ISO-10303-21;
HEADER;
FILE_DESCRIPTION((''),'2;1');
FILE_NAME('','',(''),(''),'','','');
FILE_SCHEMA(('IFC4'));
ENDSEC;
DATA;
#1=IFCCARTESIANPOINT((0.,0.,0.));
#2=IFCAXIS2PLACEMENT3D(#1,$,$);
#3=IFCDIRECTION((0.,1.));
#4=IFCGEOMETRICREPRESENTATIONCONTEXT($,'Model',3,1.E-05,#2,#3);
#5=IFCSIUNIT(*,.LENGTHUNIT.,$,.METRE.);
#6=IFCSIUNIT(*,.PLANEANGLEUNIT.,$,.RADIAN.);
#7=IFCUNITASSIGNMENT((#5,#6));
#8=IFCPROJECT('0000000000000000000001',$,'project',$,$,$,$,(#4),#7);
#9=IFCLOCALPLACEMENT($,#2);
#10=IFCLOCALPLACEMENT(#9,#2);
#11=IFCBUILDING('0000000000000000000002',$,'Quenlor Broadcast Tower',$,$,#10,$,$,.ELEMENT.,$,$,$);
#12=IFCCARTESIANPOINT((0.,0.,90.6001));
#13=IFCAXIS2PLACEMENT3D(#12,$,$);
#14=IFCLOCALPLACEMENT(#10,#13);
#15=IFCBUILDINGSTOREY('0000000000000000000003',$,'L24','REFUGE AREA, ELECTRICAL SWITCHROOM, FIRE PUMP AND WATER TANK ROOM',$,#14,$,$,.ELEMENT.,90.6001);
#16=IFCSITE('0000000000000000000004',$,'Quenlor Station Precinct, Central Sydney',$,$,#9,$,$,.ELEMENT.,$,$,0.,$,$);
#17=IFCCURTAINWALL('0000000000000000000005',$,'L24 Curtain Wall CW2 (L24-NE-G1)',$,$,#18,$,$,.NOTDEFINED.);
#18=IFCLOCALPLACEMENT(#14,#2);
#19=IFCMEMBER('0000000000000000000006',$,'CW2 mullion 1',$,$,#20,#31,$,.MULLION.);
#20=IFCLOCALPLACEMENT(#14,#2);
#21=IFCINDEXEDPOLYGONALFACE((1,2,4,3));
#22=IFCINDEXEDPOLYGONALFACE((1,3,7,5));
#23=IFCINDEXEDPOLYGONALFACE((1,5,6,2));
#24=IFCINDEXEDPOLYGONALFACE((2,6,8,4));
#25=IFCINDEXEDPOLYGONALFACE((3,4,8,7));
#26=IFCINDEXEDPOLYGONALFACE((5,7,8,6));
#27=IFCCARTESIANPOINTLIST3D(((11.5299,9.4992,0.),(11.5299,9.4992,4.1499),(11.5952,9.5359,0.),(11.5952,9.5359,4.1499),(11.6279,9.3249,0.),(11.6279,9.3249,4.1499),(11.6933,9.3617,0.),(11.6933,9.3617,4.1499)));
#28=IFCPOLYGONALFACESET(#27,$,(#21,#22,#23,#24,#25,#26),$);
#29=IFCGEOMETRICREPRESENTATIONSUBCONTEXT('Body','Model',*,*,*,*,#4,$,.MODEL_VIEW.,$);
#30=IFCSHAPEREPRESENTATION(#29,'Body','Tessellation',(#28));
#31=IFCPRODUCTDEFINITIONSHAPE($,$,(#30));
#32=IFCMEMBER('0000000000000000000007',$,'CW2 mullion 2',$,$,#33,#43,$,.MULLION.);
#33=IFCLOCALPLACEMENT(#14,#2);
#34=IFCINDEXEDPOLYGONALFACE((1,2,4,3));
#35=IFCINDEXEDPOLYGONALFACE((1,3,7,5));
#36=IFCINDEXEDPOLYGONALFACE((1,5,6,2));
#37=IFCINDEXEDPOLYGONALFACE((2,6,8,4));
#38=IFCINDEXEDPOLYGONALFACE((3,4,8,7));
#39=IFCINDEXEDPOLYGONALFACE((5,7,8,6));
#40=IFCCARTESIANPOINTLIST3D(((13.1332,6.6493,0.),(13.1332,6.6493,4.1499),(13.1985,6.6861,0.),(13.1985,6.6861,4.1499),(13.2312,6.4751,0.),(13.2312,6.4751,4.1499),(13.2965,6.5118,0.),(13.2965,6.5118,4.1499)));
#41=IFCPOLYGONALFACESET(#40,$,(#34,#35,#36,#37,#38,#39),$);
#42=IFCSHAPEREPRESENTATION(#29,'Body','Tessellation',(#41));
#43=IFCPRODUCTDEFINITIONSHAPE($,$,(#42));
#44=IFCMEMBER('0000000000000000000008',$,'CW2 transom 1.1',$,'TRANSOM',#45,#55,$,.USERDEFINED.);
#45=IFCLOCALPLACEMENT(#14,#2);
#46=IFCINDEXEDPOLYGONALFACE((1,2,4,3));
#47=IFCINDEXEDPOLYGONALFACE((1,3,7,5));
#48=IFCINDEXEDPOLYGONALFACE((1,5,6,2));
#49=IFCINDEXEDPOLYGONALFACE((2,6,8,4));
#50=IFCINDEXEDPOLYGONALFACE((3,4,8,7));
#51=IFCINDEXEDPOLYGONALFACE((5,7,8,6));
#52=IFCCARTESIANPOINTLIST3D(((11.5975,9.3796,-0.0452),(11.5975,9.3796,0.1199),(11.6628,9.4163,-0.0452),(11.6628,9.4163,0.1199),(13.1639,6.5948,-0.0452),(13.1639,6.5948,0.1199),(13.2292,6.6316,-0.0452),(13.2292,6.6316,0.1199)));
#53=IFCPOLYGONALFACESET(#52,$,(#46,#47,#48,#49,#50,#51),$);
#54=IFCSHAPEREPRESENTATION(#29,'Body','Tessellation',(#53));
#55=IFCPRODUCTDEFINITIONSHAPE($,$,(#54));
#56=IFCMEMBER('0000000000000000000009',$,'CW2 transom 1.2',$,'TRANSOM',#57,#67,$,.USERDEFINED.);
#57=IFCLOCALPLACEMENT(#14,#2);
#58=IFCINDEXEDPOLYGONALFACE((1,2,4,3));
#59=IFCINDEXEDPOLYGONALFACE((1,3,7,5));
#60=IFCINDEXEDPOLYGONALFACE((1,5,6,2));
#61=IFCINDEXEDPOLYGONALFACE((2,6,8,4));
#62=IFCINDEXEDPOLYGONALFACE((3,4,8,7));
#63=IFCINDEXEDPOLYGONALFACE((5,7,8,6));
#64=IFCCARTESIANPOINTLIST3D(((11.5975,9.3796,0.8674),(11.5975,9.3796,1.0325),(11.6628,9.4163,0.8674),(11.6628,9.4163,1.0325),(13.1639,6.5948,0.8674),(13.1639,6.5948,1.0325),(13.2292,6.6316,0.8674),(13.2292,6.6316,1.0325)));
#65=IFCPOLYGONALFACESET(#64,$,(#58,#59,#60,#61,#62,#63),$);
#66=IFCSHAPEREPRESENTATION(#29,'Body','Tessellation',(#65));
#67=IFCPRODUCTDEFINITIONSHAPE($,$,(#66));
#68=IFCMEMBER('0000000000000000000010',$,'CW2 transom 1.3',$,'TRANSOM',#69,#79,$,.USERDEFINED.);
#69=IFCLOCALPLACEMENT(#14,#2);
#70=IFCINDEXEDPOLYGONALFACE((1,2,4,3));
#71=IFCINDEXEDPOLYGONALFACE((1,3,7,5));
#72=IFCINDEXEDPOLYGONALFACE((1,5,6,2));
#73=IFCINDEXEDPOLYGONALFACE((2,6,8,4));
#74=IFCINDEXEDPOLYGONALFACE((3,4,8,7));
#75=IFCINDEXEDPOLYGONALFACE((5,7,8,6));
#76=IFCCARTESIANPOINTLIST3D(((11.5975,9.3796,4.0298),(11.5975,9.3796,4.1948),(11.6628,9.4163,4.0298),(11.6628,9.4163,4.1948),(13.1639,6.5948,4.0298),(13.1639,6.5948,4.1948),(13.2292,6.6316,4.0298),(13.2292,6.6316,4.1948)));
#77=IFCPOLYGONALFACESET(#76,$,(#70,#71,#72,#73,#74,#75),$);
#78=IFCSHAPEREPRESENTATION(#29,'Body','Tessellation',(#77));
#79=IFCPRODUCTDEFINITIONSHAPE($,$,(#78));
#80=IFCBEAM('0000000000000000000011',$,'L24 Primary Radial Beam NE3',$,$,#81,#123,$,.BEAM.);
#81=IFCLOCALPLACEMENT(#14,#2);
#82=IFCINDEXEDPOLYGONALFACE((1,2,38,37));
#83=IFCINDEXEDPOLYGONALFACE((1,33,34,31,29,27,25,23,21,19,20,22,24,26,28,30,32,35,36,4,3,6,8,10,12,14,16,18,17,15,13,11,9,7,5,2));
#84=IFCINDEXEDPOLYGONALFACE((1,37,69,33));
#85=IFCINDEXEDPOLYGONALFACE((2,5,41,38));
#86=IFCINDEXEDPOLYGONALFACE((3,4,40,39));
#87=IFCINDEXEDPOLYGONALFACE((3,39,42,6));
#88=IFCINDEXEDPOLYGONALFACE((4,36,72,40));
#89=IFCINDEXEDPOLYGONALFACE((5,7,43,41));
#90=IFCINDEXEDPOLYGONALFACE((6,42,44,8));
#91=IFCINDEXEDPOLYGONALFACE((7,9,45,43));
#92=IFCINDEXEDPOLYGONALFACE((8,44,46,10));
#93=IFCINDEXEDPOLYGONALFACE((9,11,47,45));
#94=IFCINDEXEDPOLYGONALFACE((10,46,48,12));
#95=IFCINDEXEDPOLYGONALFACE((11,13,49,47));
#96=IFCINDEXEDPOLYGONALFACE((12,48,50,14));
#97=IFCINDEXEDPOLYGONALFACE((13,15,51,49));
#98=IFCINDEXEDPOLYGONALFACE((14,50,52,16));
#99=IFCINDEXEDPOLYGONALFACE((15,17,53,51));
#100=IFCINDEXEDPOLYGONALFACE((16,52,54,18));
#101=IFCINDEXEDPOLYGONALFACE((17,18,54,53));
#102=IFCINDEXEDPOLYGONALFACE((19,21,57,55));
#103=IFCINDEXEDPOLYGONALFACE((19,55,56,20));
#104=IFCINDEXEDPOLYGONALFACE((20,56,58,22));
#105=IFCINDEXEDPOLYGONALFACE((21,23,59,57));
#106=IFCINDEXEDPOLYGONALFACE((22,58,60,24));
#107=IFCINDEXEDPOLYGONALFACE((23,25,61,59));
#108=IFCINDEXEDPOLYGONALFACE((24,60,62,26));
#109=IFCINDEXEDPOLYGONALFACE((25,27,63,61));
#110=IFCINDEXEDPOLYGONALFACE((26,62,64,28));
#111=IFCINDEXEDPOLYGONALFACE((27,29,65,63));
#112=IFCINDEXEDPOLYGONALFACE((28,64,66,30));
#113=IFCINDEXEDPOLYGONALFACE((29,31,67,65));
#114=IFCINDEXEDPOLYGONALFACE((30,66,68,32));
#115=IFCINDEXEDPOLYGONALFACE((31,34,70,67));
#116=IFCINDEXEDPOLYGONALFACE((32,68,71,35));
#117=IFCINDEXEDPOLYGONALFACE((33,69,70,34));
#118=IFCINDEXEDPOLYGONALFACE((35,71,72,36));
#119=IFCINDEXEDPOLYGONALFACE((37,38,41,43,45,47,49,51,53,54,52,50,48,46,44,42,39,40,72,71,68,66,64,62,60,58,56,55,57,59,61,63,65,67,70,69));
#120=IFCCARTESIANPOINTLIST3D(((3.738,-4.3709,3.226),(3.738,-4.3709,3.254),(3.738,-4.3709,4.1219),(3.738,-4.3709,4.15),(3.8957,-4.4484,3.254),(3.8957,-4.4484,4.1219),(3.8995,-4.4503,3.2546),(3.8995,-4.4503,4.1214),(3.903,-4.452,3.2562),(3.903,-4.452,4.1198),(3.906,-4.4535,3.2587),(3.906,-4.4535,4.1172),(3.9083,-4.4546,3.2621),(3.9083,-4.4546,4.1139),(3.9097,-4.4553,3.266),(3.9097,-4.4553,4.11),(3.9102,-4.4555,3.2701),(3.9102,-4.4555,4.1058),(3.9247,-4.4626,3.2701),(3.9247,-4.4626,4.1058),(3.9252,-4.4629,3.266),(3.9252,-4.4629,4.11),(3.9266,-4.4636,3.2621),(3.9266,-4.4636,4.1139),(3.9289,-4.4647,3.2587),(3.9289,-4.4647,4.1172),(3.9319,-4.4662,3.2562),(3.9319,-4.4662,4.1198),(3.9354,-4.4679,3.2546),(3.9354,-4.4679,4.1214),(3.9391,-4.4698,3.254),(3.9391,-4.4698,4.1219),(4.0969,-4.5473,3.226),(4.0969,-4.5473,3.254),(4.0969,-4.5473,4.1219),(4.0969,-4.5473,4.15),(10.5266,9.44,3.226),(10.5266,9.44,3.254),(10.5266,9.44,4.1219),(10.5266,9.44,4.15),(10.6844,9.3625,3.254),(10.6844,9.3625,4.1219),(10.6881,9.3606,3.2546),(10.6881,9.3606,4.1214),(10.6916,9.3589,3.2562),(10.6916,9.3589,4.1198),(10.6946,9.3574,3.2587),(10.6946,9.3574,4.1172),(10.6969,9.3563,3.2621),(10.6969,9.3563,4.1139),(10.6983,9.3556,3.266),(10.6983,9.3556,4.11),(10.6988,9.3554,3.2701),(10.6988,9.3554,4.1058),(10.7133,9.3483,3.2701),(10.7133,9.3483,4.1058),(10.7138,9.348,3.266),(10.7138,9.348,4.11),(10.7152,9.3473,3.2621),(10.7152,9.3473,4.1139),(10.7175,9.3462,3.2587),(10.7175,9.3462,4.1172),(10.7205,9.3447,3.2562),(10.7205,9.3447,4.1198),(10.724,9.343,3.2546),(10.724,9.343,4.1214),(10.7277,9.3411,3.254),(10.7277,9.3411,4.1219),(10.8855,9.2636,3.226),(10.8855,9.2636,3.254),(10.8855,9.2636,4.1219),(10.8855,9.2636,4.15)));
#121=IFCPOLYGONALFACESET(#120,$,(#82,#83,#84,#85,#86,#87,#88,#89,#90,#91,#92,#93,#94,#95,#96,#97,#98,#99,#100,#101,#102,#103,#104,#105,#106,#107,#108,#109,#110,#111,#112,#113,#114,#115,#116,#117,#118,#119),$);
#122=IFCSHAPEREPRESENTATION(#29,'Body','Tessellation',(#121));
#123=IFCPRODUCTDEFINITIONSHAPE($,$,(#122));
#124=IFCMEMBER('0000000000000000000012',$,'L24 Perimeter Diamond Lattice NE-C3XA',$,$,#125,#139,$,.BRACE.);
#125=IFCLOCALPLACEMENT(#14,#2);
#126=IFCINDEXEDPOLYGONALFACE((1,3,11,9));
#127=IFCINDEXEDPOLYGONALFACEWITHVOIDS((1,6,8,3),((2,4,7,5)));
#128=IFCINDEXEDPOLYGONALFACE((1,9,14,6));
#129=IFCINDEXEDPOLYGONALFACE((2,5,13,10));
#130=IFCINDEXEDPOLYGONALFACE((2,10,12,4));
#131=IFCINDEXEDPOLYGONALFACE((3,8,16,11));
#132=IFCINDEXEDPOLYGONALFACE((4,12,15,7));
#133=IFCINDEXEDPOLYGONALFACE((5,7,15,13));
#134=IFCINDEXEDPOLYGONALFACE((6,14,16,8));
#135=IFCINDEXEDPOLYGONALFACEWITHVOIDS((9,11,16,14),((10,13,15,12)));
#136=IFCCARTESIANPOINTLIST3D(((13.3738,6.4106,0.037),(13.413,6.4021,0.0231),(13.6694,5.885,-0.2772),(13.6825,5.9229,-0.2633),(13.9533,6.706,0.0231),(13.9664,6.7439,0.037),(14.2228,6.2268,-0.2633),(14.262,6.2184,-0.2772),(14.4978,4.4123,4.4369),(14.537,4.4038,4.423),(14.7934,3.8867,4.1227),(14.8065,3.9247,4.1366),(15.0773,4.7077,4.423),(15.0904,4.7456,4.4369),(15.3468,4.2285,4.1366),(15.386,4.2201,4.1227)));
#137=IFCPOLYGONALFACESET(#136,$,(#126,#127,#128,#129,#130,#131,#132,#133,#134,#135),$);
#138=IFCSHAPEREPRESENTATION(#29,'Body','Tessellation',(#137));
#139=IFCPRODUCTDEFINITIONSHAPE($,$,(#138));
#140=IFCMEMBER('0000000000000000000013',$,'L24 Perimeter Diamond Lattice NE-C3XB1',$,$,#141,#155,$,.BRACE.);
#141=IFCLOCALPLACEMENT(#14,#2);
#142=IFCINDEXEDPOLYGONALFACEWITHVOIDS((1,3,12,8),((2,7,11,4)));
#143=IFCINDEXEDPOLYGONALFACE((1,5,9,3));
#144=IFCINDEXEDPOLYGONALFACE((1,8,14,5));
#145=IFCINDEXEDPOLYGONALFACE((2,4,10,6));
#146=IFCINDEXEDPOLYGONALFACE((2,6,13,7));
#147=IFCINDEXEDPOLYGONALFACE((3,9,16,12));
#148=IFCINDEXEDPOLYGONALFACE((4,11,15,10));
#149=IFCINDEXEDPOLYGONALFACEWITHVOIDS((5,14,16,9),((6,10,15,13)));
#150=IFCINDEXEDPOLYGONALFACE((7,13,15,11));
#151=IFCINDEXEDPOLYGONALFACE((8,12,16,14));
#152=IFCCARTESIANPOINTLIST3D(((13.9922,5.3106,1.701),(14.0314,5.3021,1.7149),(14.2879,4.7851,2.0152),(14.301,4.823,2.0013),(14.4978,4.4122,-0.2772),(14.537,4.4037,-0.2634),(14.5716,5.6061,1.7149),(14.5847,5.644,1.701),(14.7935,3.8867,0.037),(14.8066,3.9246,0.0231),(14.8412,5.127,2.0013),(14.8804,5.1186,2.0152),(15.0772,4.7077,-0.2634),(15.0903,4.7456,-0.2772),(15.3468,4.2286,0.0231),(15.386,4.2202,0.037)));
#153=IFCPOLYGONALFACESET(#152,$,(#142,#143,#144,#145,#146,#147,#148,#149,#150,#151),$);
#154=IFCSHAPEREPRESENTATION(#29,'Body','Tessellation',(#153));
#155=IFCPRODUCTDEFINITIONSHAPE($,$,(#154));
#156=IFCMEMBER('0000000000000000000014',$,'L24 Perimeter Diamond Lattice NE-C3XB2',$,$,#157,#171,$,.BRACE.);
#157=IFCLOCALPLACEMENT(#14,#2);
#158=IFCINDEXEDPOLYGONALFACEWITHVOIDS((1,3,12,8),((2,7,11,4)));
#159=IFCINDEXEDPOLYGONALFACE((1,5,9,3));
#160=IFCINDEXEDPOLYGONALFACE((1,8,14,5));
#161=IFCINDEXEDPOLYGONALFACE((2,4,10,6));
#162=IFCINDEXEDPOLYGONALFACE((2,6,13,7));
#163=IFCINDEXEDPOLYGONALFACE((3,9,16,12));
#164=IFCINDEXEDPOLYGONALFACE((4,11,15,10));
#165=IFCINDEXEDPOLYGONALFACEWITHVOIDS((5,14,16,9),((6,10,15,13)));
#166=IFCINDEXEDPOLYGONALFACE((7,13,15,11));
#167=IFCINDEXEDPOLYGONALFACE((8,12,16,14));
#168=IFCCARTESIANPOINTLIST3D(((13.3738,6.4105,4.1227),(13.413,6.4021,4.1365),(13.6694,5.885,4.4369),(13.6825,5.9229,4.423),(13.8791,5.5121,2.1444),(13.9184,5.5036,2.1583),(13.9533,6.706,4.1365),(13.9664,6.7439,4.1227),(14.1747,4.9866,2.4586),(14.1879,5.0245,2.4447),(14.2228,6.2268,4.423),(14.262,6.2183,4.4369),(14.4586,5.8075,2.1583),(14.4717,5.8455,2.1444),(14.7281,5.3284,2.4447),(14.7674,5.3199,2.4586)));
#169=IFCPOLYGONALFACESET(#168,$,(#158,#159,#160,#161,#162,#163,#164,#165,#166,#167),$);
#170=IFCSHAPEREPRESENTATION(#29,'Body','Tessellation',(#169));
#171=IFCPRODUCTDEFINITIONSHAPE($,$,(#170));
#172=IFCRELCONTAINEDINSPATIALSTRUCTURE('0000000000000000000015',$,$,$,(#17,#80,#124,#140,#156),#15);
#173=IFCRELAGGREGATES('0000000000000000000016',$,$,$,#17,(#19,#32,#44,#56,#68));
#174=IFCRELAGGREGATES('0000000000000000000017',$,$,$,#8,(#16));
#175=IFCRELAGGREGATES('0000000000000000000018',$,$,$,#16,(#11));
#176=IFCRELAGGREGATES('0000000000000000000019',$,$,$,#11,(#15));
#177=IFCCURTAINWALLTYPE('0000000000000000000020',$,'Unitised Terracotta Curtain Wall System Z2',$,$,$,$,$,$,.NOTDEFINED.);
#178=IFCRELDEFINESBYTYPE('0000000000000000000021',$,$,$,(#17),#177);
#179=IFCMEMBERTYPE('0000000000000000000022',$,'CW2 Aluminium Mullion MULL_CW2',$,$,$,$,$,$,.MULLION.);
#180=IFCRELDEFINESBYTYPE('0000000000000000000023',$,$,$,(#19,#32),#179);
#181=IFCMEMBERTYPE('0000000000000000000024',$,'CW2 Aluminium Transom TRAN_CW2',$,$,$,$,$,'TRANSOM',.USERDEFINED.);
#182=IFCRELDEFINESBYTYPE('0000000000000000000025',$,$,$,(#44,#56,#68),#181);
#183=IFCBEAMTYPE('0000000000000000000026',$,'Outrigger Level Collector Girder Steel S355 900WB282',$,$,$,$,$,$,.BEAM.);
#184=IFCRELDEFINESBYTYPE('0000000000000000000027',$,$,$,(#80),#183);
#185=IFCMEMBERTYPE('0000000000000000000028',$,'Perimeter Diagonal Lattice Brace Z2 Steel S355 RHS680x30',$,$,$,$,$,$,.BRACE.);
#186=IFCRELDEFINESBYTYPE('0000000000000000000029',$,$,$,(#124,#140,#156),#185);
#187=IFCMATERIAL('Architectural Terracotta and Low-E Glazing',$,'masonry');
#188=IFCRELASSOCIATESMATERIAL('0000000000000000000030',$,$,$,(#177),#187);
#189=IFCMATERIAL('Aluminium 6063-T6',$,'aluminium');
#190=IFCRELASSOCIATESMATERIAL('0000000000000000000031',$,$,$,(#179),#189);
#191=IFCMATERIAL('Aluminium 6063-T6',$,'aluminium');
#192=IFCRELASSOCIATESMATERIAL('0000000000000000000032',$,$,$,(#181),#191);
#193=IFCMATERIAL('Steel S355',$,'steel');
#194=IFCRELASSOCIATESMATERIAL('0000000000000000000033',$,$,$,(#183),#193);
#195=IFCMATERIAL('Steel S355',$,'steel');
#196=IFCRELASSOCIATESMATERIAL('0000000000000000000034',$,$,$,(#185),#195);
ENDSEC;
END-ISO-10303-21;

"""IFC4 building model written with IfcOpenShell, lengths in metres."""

from ifc_helpers import new_model, si_unit, direction, frame, origin, origin_2d, place, context, subcontext, project, spatial, rectangle, hollow_rectangle, i_section, extrude, material, material_profile, profile_set, type_object, element, aggregate, save


model = new_model("IFC4")

# Units and contexts
model_context = context("Model", 3, precision=1e-05, world=origin(), true_north=direction((0.0, 1.0)))
body_context = subcontext(model_context, "Body", "Model", "MODEL_VIEW")
ifc_project = project(units=[si_unit("LENGTHUNIT", "METRE"), si_unit("PLANEANGLEUNIT", "RADIAN")], contexts=[model_context])

# Site, building, storey
site_placement = place(None, origin())
site = spatial("IfcSite", under=ifc_project, at=site_placement, Name="Quenlor Station Precinct, Central Sydney", CompositionType="ELEMENT", RefElevation=0.0)
building_placement = place(site_placement, origin())
building = spatial("IfcBuilding", under=site, at=building_placement, Name="Quenlor Broadcast Tower", CompositionType="ELEMENT")
storey_placement = place(building_placement, frame((0.0, 0.0, 90.6001)))
storey = spatial("IfcBuildingStorey", under=building, at=storey_placement, Name="L24", Description="REFUGE AREA, ELECTRICAL SWITCHROOM, FIRE PUMP AND WATER TANK ROOM", CompositionType="ELEMENT", Elevation=90.6001)

# Curtain wall, members
ifc_material_1 = material(Name="Architectural Terracotta and Low-E Glazing", Category="masonry")
curtain_wall_type = type_object("IfcCurtainWallType", Name="Unitised Terracotta Curtain Wall System Z2", PredefinedType="NOTDEFINED", material=ifc_material_1)
curtain_wall_placement = place(storey_placement, origin())
curtain_wall = element("IfcCurtainWall", 1, at=curtain_wall_placement, inside=storey, type_object=curtain_wall_type, Name="L24 Curtain Wall CW2 (L24-NE-G1)", PredefinedType="NOTDEFINED")
ifc_material_2 = material(Name="Aluminium 6063-T6", Category="aluminium")
ifc_material_profile_1 = material_profile(ifc_material_2, rectangle(XDim=0.075, YDim=0.2, at=origin_2d()))
ifc_profile_set_1 = profile_set([ifc_material_profile_1], Name="Aluminium 6063-T6 MULL75x200")
member_type_1 = type_object("IfcMemberType", Name="CW2 Aluminium Mullion MULL_CW2", PredefinedType="MULLION", material=ifc_profile_set_1)
member_1_placement = place(storey_placement, frame((11.6116, 9.4304, 0.0), z_axis=(0.0, 0.0, 1.0), x_axis=(0.871564, 0.490281, 0.0)))
member_1 = element("IfcMember", 2, at=member_1_placement, type_object=member_type_1, Name="CW2 mullion 1", PredefinedType="MULLION", context=body_context, shape_type="SweptSolid", body=[
    extrude(rectangle(XDim=0.075, YDim=0.2, at=origin_2d()), origin(), (0.0, 0.0, 1.0), 4.1499),
])
member_2_placement = place(storey_placement, frame((13.2148, 6.5806, 0.0), z_axis=(0.0, 0.0, 1.0), x_axis=(0.871564, 0.490281, 0.0)))
member_2 = element("IfcMember", 3, at=member_2_placement, type_object=member_type_1, Name="CW2 mullion 2", PredefinedType="MULLION", context=body_context, shape_type="SweptSolid", body=[
    extrude(rectangle(XDim=0.075, YDim=0.2, at=origin_2d()), origin(), (0.0, 0.0, 1.0), 4.1499),
])
ifc_material_3 = material(Name="Aluminium 6063-T6", Category="aluminium")
ifc_material_profile_2 = material_profile(ifc_material_3, rectangle(XDim=0.075, YDim=0.165, at=origin_2d()))
ifc_profile_set_2 = profile_set([ifc_material_profile_2], Name="Aluminium 6063-T6 TRAN75x165")
member_type_2 = type_object("IfcMemberType", Name="CW2 Aluminium Transom TRAN_CW2", ElementType="TRANSOM", PredefinedType="USERDEFINED", material=ifc_profile_set_2)
member_3_placement = place(storey_placement, frame((11.6301, 9.3979, 0.0374), z_axis=(0.490268, -0.871571, 0.0), x_axis=(0.871571, 0.490268, 0.0)))
member_3 = element("IfcMember", 4, at=member_3_placement, type_object=member_type_2, Name="CW2 transom 1.1", ObjectType="TRANSOM", PredefinedType="USERDEFINED", context=body_context, shape_type="SweptSolid", body=[
    extrude(rectangle(XDim=0.075, YDim=0.165, at=origin_2d()), origin(), (0.0, 0.0, 1.0), 3.1951),
])
member_4_placement = place(storey_placement, frame((11.6301, 9.3979, 0.95), z_axis=(0.490268, -0.871571, 0.0), x_axis=(0.871571, 0.490268, 0.0)))
member_4 = element("IfcMember", 5, at=member_4_placement, type_object=member_type_2, Name="CW2 transom 1.2", ObjectType="TRANSOM", PredefinedType="USERDEFINED", context=body_context, shape_type="SweptSolid", body=[
    extrude(rectangle(XDim=0.075, YDim=0.165, at=origin_2d()), origin(), (0.0, 0.0, 1.0), 3.1951),
])
member_5_placement = place(storey_placement, frame((11.6301, 9.3979, 4.1123), z_axis=(0.490268, -0.871571, 0.0), x_axis=(0.871571, 0.490268, 0.0)))
member_5 = element("IfcMember", 6, at=member_5_placement, type_object=member_type_2, Name="CW2 transom 1.3", ObjectType="TRANSOM", PredefinedType="USERDEFINED", context=body_context, shape_type="SweptSolid", body=[
    extrude(rectangle(XDim=0.075, YDim=0.165, at=origin_2d()), origin(), (0.0, 0.0, 1.0), 3.1951),
])

# Beam
ifc_material_4 = material(Name="Steel S355", Category="steel")
ifc_material_profile_3 = material_profile(ifc_material_4, i_section(OverallWidth=0.3999, OverallDepth=0.9241, WebThickness=0.0161, FlangeThickness=0.0281, FilletRadius=0.0161, at=origin_2d()))
ifc_profile_set_3 = profile_set([ifc_material_profile_3], Name="Steel S355 900WB282")
beam_type_1 = type_object("IfcBeamType", Name="Outrigger Level Collector Girder Steel S355 900WB282", PredefinedType="BEAM", material=ifc_profile_set_3)
beam_1_placement = place(storey_placement, frame((10.7061, 9.3518, 3.688), z_axis=(-0.44113, -0.897443, 0.0), x_axis=(0.897443, -0.44113, 0.0)))
element("IfcBeam", 7, at=beam_1_placement, inside=storey, type_object=beam_type_1, Name="L24 Primary Radial Beam NE3", PredefinedType="BEAM", context=body_context, shape_type="SweptSolid", body=[
    extrude(i_section(OverallWidth=0.3999, OverallDepth=0.9241, WebThickness=0.0161, FlangeThickness=0.0281, FilletRadius=0.0161, at=origin_2d()), origin(), (0.0, 0.0, 1.0), 15.3892),
])

# Members
ifc_material_5 = material(Name="Steel S355", Category="steel")
ifc_material_profile_4 = material_profile(ifc_material_5, hollow_rectangle(XDim=0.6799, YDim=0.6799, WallThickness=0.03, at=origin_2d()))
ifc_profile_set_4 = profile_set([ifc_material_profile_4], Name="Steel S355 RHS680x680x30")
member_type_3 = type_object("IfcMemberType", Name="Perimeter Diagonal Lattice Brace Z2 Steel S355 RHS680x30", PredefinedType="BRACE", material=ifc_profile_set_4)
member_6_placement = place(storey_placement, frame((13.8179, 6.3145, -0.1201), z_axis=(0.226553, -0.402766, 0.886822), x_axis=(0.871578, 0.490256, 0.0)))
element("IfcMember", 8, at=member_6_placement, inside=storey, type_object=member_type_3, Name="L24 Perimeter Diamond Lattice NE-C3XA", PredefinedType="BRACE", context=body_context, shape_type="SweptSolid", body=[
    extrude(hollow_rectangle(XDim=0.6799, YDim=0.6799, WallThickness=0.03, at=origin_2d()), origin(), (0.0, 0.0, 1.0), 4.9614),
])
for number, where, z_axis, x_axis, name in (
    (9, (14.9419, 4.3162, -0.1201), (-0.226654, 0.402745, 0.886806), (-0.871474, -0.490441, 0.0), "L24 Perimeter Diamond Lattice NE-C3XB1"),
    (10, (14.3232, 5.416, 2.3015), (-0.22655, 0.402755, 0.886828), (-0.871576, -0.490261, 0.0), "L24 Perimeter Diamond Lattice NE-C3XB2"),
):
    element("IfcMember", number, at=place(storey_placement, frame(where, z_axis=z_axis, x_axis=x_axis)), inside=storey, type_object=member_type_3, Name=name, PredefinedType="BRACE", context=body_context, shape_type="SweptSolid", body=[
        extrude(hollow_rectangle(XDim=0.6799, YDim=0.6799, WallThickness=0.03, at=origin_2d()), origin(), (0.0, 0.0, 1.0), 2.2307),
    ])

aggregate(curtain_wall, [member_1, member_2, member_3, member_4, member_5])

save(model, "model.ifc")
